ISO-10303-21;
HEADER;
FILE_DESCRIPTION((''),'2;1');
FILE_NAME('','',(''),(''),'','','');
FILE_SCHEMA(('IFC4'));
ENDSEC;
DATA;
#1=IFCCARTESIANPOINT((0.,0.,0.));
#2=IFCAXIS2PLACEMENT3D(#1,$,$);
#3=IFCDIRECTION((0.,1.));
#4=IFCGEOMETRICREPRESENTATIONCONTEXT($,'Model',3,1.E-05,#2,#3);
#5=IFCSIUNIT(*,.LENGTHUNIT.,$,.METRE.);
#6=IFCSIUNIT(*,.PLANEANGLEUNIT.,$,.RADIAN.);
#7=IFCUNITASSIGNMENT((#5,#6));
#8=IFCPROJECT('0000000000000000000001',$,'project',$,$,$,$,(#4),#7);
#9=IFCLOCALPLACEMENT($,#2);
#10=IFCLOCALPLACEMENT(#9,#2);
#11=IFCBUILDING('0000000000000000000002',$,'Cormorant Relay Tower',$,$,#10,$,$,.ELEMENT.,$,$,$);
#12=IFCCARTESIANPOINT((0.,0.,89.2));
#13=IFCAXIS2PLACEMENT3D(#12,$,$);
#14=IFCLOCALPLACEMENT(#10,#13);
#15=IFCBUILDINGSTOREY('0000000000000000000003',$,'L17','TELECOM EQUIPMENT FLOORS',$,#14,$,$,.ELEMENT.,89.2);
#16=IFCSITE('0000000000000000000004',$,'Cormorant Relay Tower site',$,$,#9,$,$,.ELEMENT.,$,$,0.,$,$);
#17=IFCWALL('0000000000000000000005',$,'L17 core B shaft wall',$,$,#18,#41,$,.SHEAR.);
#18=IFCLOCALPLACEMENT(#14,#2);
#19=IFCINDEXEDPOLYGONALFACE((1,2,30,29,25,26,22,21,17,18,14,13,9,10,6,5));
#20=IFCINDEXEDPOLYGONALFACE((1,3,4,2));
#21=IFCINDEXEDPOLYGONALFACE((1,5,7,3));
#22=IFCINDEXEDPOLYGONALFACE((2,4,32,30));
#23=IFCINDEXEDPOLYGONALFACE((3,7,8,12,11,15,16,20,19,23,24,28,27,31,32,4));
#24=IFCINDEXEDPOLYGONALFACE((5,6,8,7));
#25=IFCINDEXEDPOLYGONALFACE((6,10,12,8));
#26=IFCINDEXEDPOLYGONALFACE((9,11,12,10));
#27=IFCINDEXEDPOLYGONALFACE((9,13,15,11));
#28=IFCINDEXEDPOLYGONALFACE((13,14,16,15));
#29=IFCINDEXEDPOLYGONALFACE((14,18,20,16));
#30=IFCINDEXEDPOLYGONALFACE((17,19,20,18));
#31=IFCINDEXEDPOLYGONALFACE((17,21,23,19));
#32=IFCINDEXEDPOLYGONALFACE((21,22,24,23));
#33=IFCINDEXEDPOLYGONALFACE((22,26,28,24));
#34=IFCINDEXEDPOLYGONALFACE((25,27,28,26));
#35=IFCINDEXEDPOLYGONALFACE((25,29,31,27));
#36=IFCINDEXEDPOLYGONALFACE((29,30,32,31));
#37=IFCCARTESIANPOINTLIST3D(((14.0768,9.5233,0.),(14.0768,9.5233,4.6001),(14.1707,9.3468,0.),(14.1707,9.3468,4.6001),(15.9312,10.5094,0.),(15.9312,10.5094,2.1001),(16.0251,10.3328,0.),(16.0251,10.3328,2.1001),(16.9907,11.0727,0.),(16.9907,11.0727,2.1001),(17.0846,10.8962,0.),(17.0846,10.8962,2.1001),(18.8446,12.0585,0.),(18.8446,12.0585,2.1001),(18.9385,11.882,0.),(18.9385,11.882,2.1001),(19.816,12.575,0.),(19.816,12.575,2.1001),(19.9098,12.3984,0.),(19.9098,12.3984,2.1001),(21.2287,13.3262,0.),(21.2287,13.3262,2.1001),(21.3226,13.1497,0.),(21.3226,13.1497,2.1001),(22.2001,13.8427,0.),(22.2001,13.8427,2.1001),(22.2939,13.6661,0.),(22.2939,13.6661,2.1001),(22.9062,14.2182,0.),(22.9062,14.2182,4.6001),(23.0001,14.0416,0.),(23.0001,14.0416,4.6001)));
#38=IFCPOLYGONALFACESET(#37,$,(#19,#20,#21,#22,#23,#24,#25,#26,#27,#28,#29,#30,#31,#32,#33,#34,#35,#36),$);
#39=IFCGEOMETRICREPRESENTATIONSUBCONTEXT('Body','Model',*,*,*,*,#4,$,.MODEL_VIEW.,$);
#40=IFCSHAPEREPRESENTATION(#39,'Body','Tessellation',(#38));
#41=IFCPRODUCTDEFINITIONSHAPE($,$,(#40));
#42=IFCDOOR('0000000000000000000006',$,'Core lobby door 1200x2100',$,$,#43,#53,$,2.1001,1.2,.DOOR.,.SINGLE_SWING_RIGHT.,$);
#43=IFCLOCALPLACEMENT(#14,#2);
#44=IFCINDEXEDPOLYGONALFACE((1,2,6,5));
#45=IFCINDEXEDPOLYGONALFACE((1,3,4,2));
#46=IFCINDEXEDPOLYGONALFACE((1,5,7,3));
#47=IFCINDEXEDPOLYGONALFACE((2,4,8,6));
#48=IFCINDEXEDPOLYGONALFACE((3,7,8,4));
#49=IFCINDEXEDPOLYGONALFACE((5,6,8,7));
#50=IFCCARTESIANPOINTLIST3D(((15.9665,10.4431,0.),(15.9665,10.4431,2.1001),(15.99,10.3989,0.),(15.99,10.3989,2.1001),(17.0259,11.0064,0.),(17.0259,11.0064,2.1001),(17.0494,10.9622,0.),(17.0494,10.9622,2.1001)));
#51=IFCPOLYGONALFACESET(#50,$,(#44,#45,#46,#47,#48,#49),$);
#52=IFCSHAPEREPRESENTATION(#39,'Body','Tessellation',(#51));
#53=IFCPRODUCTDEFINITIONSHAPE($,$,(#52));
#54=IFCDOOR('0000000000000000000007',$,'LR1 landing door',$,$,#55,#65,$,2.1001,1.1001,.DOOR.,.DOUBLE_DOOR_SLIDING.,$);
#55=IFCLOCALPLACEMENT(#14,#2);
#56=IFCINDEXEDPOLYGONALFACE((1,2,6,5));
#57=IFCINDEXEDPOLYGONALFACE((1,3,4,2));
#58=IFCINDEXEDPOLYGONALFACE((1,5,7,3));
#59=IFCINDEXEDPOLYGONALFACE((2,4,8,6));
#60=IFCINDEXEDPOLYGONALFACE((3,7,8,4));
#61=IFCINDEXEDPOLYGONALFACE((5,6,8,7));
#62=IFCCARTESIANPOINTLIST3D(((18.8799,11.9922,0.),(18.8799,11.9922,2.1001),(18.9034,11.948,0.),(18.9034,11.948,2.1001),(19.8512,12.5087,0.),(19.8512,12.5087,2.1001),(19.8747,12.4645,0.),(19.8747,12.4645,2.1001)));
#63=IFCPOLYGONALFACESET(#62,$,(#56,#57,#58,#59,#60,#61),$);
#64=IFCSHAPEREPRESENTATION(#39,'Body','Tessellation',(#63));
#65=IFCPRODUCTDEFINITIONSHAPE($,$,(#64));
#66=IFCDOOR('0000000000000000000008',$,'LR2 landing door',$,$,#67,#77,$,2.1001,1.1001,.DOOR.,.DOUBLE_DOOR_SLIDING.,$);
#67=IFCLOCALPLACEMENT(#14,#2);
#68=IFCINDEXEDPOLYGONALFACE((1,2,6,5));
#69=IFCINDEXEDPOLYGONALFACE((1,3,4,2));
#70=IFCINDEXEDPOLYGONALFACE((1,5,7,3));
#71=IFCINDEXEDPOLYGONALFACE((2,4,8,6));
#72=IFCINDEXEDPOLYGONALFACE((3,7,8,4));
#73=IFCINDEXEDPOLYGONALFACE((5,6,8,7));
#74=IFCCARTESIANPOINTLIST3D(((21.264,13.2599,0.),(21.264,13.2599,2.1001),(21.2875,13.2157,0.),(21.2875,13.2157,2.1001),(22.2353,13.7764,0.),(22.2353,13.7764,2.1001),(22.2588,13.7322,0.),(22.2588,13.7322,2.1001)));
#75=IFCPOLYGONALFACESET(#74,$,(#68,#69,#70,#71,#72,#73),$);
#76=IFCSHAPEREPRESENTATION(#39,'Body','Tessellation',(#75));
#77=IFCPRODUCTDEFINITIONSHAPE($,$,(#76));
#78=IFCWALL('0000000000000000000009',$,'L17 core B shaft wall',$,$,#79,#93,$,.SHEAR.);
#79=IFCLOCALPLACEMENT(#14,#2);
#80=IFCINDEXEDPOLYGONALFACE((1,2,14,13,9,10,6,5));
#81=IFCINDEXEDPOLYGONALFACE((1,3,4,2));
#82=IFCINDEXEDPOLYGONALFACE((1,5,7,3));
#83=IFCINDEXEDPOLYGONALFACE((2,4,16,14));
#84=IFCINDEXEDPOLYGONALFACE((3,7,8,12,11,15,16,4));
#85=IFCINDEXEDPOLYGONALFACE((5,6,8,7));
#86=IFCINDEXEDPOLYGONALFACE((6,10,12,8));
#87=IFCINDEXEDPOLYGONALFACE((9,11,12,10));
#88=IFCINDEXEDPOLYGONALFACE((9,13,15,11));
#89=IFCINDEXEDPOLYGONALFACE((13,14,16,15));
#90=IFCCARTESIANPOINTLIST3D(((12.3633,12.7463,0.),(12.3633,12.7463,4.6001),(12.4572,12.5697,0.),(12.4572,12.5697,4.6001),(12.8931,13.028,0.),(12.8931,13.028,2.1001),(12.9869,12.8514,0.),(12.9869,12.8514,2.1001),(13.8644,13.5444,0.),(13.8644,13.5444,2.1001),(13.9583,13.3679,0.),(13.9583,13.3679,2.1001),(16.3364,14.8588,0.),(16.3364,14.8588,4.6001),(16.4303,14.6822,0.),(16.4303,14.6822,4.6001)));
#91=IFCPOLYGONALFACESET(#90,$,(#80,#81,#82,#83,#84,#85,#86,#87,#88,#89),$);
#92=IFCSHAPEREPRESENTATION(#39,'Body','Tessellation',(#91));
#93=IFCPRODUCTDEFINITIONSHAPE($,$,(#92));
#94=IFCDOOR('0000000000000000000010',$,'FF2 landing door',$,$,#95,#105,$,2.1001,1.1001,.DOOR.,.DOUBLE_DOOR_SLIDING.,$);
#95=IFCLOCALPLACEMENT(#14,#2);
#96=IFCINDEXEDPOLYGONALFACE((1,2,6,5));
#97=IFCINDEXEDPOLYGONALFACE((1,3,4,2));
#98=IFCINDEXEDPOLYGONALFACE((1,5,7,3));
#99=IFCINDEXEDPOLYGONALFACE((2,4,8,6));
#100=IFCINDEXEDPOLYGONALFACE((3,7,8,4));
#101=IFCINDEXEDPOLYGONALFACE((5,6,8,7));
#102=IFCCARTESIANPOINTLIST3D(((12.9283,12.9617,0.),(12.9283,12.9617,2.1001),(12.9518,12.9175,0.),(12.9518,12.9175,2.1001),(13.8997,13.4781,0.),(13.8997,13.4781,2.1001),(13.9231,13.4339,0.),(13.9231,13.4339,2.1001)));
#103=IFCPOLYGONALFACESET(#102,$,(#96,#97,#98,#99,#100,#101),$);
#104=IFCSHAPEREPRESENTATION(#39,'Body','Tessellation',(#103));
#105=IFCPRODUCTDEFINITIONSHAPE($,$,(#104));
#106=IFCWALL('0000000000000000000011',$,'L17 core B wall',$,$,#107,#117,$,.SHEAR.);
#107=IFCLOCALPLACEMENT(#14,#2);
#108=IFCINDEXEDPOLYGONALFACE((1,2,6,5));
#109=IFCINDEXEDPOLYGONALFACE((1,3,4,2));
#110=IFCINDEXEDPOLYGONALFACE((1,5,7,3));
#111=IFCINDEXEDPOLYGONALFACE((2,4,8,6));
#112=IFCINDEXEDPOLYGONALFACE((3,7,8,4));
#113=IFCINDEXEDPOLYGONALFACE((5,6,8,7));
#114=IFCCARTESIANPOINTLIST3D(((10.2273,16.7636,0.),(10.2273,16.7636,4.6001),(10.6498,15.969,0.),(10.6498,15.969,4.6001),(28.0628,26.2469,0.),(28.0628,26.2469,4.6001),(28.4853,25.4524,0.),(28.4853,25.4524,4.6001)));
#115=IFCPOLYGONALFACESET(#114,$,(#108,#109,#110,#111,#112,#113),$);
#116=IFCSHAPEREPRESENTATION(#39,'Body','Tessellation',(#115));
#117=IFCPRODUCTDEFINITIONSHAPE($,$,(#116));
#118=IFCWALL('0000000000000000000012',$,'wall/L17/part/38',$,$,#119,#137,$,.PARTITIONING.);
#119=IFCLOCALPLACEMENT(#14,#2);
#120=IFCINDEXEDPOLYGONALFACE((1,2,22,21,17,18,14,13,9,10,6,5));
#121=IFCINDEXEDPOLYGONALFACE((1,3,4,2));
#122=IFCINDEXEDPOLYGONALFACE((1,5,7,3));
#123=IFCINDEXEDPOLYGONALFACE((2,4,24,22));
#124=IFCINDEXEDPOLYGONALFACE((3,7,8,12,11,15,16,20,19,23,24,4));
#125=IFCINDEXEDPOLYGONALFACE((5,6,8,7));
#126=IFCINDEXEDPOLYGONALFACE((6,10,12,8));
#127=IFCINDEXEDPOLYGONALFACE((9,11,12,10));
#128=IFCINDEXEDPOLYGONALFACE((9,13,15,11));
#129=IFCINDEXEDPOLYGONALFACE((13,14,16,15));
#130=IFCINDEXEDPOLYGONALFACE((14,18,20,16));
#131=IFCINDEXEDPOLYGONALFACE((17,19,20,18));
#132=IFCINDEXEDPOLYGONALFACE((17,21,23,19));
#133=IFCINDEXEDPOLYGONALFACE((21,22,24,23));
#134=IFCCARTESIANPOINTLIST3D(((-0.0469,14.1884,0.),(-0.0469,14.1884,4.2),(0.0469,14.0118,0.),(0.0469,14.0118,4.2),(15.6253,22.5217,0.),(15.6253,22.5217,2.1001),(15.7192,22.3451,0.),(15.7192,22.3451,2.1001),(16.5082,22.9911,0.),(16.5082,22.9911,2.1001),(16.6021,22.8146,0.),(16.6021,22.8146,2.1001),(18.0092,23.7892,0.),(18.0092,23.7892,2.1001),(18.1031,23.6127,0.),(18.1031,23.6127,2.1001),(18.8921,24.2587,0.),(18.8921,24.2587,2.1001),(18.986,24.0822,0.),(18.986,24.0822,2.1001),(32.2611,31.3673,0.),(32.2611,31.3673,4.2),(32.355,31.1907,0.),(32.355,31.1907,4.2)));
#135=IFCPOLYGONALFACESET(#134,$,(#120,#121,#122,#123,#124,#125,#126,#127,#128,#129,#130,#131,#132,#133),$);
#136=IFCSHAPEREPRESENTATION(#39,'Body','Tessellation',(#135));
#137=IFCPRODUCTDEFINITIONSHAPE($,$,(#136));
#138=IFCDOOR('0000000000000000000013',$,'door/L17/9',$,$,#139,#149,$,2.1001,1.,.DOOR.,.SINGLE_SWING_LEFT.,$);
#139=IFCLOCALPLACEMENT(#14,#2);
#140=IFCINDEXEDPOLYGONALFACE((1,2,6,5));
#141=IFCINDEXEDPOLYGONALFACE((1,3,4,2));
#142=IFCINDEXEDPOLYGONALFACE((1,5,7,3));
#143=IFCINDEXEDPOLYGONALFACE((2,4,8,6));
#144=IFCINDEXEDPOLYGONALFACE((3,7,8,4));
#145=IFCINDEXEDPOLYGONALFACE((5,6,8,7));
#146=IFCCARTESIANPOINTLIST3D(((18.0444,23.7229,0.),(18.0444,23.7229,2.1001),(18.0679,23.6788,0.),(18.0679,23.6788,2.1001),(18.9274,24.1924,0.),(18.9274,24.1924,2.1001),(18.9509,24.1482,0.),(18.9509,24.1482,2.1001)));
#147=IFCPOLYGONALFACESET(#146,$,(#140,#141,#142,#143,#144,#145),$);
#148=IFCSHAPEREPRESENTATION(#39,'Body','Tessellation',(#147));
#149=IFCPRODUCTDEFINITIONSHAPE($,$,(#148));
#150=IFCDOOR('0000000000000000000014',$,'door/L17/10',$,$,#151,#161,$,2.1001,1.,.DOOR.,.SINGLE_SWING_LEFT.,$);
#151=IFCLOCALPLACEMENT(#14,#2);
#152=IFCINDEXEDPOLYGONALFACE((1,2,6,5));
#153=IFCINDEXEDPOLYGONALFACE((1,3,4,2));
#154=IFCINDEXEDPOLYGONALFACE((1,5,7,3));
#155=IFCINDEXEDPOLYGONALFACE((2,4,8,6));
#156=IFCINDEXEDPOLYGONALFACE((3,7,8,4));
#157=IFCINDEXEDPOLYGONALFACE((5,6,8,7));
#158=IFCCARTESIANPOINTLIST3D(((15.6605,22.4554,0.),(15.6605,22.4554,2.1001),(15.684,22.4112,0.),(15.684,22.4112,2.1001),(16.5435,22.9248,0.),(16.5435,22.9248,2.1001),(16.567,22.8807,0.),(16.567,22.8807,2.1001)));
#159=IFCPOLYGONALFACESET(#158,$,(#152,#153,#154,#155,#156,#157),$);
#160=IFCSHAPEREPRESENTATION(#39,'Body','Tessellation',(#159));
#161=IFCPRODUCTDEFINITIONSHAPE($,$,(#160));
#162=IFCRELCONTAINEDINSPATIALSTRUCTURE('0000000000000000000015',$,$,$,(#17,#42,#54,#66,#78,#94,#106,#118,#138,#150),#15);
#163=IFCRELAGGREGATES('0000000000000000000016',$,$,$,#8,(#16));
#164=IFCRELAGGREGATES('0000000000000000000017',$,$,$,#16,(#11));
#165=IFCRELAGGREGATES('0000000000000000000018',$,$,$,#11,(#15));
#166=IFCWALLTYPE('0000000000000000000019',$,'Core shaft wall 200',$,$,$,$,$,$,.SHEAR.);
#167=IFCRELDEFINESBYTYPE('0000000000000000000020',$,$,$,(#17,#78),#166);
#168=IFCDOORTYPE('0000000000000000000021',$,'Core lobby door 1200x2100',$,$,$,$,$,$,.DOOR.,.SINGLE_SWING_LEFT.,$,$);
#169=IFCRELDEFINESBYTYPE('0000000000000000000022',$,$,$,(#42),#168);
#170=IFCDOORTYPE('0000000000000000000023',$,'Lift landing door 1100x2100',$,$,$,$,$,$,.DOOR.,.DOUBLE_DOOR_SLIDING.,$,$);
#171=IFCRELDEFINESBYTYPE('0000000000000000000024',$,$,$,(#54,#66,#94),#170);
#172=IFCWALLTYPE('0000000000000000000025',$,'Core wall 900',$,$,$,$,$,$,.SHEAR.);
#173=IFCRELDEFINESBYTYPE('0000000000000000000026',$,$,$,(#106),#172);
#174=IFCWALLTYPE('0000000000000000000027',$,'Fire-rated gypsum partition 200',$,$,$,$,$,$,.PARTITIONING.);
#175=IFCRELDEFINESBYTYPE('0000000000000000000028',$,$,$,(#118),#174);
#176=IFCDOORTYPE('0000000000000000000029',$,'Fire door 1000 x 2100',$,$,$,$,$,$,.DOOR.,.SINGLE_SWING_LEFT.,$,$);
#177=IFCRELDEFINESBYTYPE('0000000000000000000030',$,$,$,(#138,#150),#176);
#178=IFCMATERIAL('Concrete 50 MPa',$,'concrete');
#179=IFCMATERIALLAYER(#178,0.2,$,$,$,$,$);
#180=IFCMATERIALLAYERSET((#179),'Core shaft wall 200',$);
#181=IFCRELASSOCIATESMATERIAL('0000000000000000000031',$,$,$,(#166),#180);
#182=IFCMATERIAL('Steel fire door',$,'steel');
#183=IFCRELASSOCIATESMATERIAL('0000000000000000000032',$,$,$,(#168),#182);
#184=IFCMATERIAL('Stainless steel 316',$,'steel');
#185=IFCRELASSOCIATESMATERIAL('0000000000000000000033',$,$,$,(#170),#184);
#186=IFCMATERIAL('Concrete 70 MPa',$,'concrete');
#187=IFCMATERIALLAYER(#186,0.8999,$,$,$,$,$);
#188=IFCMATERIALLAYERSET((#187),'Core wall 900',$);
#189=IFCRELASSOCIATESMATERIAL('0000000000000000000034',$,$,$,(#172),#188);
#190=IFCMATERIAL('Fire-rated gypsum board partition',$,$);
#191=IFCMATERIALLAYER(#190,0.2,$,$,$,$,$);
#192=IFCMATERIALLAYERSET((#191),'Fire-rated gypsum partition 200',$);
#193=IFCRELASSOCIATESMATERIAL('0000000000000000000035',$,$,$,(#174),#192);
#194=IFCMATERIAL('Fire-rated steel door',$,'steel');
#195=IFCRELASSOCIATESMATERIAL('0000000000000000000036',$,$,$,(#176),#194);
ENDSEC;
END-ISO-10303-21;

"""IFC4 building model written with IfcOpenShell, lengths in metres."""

from ifc_helpers import new_model, si_unit, direction, frame, frame_2d, origin, place, context, subcontext, project, spatial, rectangle, extrude, material, layer, layer_set, type_object, element, fill, save


model = new_model("IFC4")

# Units and contexts
model_context = context("Model", 3, precision=1e-05, world=origin(), true_north=direction((0.0, 1.0)))
body_context = subcontext(model_context, "Body", "Model", "MODEL_VIEW")
ifc_project = project(units=[si_unit("LENGTHUNIT", "METRE"), si_unit("PLANEANGLEUNIT", "RADIAN")], contexts=[model_context])

# Site, building, storey
site_placement = place(None, origin())
site = spatial("IfcSite", under=ifc_project, at=site_placement, Name="Cormorant Relay Tower site", CompositionType="ELEMENT", RefElevation=0.0)
building_placement = place(site_placement, origin())
building = spatial("IfcBuilding", under=site, at=building_placement, Name="Cormorant Relay Tower", CompositionType="ELEMENT")
storey_placement = place(building_placement, frame((0.0, 0.0, 89.2)))
storey = spatial("IfcBuildingStorey", under=building, at=storey_placement, Name="L17", Description="TELECOM EQUIPMENT FLOORS", CompositionType="ELEMENT", Elevation=89.2)

# Shared definitions
ifc_material_1 = material(Name="Concrete 50 MPa", Category="concrete")
ifc_layer_1 = layer(ifc_material_1, 0.2)
ifc_layer_set_1 = layer_set([ifc_layer_1], Name="Core shaft wall 200")
wall_type_1 = type_object("IfcWallType", Name="Core shaft wall 200", PredefinedType="SHEAR", material=ifc_layer_set_1)

# Wall, openings, doors
wall_1_placement = place(storey_placement, frame((14.1238, 9.4351, 0.0), z_axis=(0.0, 0.0, 1.0), x_axis=(0.88294, 0.469485, 0.0)))
wall_1 = element("IfcWall", 1, at=wall_1_placement, inside=storey, type_object=wall_type_1, Name="L17 core B shaft wall", PredefinedType="SHEAR", context=body_context, shape_type="SweptSolid", body=[
    extrude(rectangle(XDim=10.0, YDim=0.2, at=frame_2d((5.0, 0.0))), origin(), (0.0, 0.0, 1.0), 4.6001),
])
opening_1_placement = place(wall_1_placement, frame((2.1001, 0.0, 0.0)))
opening_1 = element("IfcOpeningElement", 2, at=opening_1_placement, cuts=wall_1, PredefinedType="OPENING", context=body_context, shape_type="SweptSolid", body=[
    extrude(rectangle(XDim=1.2, YDim=2.1001, at=frame_2d((0.6001, 1.05))), frame((0.0, 0.1099, 0.0), z_axis=(0.0, -1.0, 0.0), x_axis=(1.0, 0.0, 0.0)), (0.0, 0.0, 1.0), 0.22),
])
opening_2_placement = place(wall_1_placement, frame((5.3999, 0.0, 0.0)))
opening_2 = element("IfcOpeningElement", 3, at=opening_2_placement, cuts=wall_1, PredefinedType="OPENING", context=body_context, shape_type="SweptSolid", body=[
    extrude(rectangle(XDim=1.1001, YDim=2.1001, at=frame_2d((0.55, 1.05))), frame((0.0, 0.1099, 0.0), z_axis=(0.0, -1.0, 0.0), x_axis=(1.0, 0.0, 0.0)), (0.0, 0.0, 1.0), 0.22),
])
opening_3_placement = place(wall_1_placement, frame((8.1001, 0.0, 0.0)))
opening_3 = element("IfcOpeningElement", 4, at=opening_3_placement, cuts=wall_1, PredefinedType="OPENING", context=body_context, shape_type="SweptSolid", body=[
    extrude(rectangle(XDim=1.1001, YDim=2.1001, at=frame_2d((0.55, 1.05))), frame((0.0, 0.1099, 0.0), z_axis=(0.0, -1.0, 0.0), x_axis=(1.0, 0.0, 0.0)), (0.0, 0.0, 1.0), 0.22),
])
ifc_material_2 = material(Name="Steel fire door", Category="steel")
door_type_1 = type_object("IfcDoorType", Name="Core lobby door 1200x2100", OperationType="SINGLE_SWING_LEFT", PredefinedType="DOOR", material=ifc_material_2)
door_1_placement = place(opening_1_placement, origin())
door_1 = element("IfcDoor", 5, at=door_1_placement, inside=storey, type_object=door_type_1, Name="Core lobby door 1200x2100", OperationType="SINGLE_SWING_RIGHT", OverallHeight=2.1001, OverallWidth=1.2, PredefinedType="DOOR", context=body_context, shape_type="SweptSolid", body=[
    extrude(rectangle(XDim=1.2, YDim=2.1001, at=frame_2d((0.6001, 1.05))), frame((0.0, 0.0249, 0.0), z_axis=(0.0, -1.0, 0.0), x_axis=(1.0, 0.0, 0.0)), (0.0, 0.0, 1.0), 0.05),
])
fill(opening_1, door_1)
ifc_material_3 = material(Name="Stainless steel 316", Category="steel")
door_type_2 = type_object("IfcDoorType", Name="Lift landing door 1100x2100", OperationType="DOUBLE_DOOR_SLIDING", PredefinedType="DOOR", material=ifc_material_3)
door_2_placement = place(opening_2_placement, origin())
door_2 = element("IfcDoor", 6, at=door_2_placement, inside=storey, type_object=door_type_2, Name="LR1 landing door", OperationType="DOUBLE_DOOR_SLIDING", OverallHeight=2.1001, OverallWidth=1.1001, PredefinedType="DOOR", context=body_context, shape_type="SweptSolid", body=[
    extrude(rectangle(XDim=1.1001, YDim=2.1001, at=frame_2d((0.55, 1.05))), frame((0.0, 0.0249, 0.0), z_axis=(0.0, -1.0, 0.0), x_axis=(1.0, 0.0, 0.0)), (0.0, 0.0, 1.0), 0.05),
])
fill(opening_2, door_2)
door_3_placement = place(opening_3_placement, origin())
door_3 = element("IfcDoor", 7, at=door_3_placement, inside=storey, type_object=door_type_2, Name="LR2 landing door", OperationType="DOUBLE_DOOR_SLIDING", OverallHeight=2.1001, OverallWidth=1.1001, PredefinedType="DOOR", context=body_context, shape_type="SweptSolid", body=[
    extrude(rectangle(XDim=1.1001, YDim=2.1001, at=frame_2d((0.55, 1.05))), frame((0.0, 0.0249, 0.0), z_axis=(0.0, -1.0, 0.0), x_axis=(1.0, 0.0, 0.0)), (0.0, 0.0, 1.0), 0.05),
])
fill(opening_3, door_3)

# Wall, opening, door
wall_2_placement = place(storey_placement, frame((12.4102, 12.658, 0.0), z_axis=(0.0, 0.0, 1.0), x_axis=(0.882948, 0.46947, 0.0)))
wall_2 = element("IfcWall", 8, at=wall_2_placement, inside=storey, type_object=wall_type_1, Name="L17 core B shaft wall", PredefinedType="SHEAR", context=body_context, shape_type="SweptSolid", body=[
    extrude(rectangle(XDim=4.4998, YDim=0.2, at=frame_2d((2.25, 0.0))), origin(), (0.0, 0.0, 1.0), 4.6001),
])
opening_4_placement = place(wall_2_placement, frame((0.6001, 0.0, 0.0)))
opening_4 = element("IfcOpeningElement", 9, at=opening_4_placement, cuts=wall_2, PredefinedType="OPENING", context=body_context, shape_type="SweptSolid", body=[
    extrude(rectangle(XDim=1.1001, YDim=2.1001, at=frame_2d((0.55, 1.05))), frame((0.0, 0.1099, 0.0), z_axis=(0.0, -1.0, 0.0), x_axis=(1.0, 0.0, 0.0)), (0.0, 0.0, 1.0), 0.22),
])
door_4_placement = place(opening_4_placement, origin())
door_4 = element("IfcDoor", 10, at=door_4_placement, inside=storey, type_object=door_type_2, Name="FF2 landing door", OperationType="DOUBLE_DOOR_SLIDING", OverallHeight=2.1001, OverallWidth=1.1001, PredefinedType="DOOR", context=body_context, shape_type="SweptSolid", body=[
    extrude(rectangle(XDim=1.1001, YDim=2.1001, at=frame_2d((0.55, 1.05))), frame((0.0, 0.0249, 0.0), z_axis=(0.0, -1.0, 0.0), x_axis=(1.0, 0.0, 0.0)), (0.0, 0.0, 1.0), 0.05),
])
fill(opening_4, door_4)

# Wall
ifc_material_4 = material(Name="Concrete 70 MPa", Category="concrete")
ifc_layer_2 = layer(ifc_material_4, 0.8999)
ifc_layer_set_2 = layer_set([ifc_layer_2], Name="Core wall 900")
wall_type_2 = type_object("IfcWallType", Name="Core wall 900", PredefinedType="SHEAR", material=ifc_layer_set_2)
wall_3_placement = place(storey_placement, frame((10.4385, 16.3662, 0.0), z_axis=(0.0, 0.0, 1.0), x_axis=(0.882945, 0.469476, 0.0)))
element("IfcWall", 11, at=wall_3_placement, inside=storey, type_object=wall_type_2, Name="L17 core B wall", PredefinedType="SHEAR", context=body_context, shape_type="SweptSolid", body=[
    extrude(rectangle(XDim=20.2, YDim=0.8999, at=frame_2d((10.1001, 0.0))), origin(), (0.0, 0.0, 1.0), 4.6001),
])

# Wall, openings, doors
ifc_material_5 = material(Name="Fire-rated gypsum board partition")
ifc_layer_3 = layer(ifc_material_5, 0.2)
ifc_layer_set_3 = layer_set([ifc_layer_3], Name="Fire-rated gypsum partition 200")
wall_type_3 = type_object("IfcWallType", Name="Fire-rated gypsum partition 200", PredefinedType="PARTITIONING", material=ifc_layer_set_3)
wall_4_placement = place(storey_placement, frame((0.0, 14.1001, 0.0), z_axis=(0.0, 0.0, 1.0), x_axis=(0.882943, 0.469481, 0.0)))
wall_4 = element("IfcWall", 12, at=wall_4_placement, inside=storey, type_object=wall_type_3, Name="wall/L17/part/38", PredefinedType="PARTITIONING", context=body_context, shape_type="SweptSolid", body=[
    extrude(rectangle(XDim=36.5913, YDim=0.2, at=frame_2d((18.2957, 0.0))), origin(), (0.0, 0.0, 1.0), 4.2),
])
opening_5_placement = place(wall_4_placement, frame((20.45, 0.0, 0.0)))
opening_5 = element("IfcOpeningElement", 13, at=opening_5_placement, cuts=wall_4, PredefinedType="OPENING", context=body_context, shape_type="SweptSolid", body=[
    extrude(rectangle(XDim=1.0, YDim=2.1001, at=frame_2d((0.5, 1.05))), frame((0.0, 0.1099, 0.0), z_axis=(0.0, -1.0, 0.0), x_axis=(1.0, 0.0, 0.0)), (0.0, 0.0, 1.0), 0.22),
])
opening_6_placement = place(wall_4_placement, frame((17.75, 0.0, 0.0)))
opening_6 = element("IfcOpeningElement", 14, at=opening_6_placement, cuts=wall_4, PredefinedType="OPENING", context=body_context, shape_type="SweptSolid", body=[
    extrude(rectangle(XDim=1.0, YDim=2.1001, at=frame_2d((0.5, 1.05))), frame((0.0, 0.1099, 0.0), z_axis=(0.0, -1.0, 0.0), x_axis=(1.0, 0.0, 0.0)), (0.0, 0.0, 1.0), 0.22),
])
ifc_material_6 = material(Name="Fire-rated steel door", Category="steel")
door_type_3 = type_object("IfcDoorType", Name="Fire door 1000 x 2100", OperationType="SINGLE_SWING_LEFT", PredefinedType="DOOR", material=ifc_material_6)
door_5_placement = place(opening_5_placement, origin())
door_5 = element("IfcDoor", 15, at=door_5_placement, inside=storey, type_object=door_type_3, Name="door/L17/9", OperationType="SINGLE_SWING_LEFT", OverallHeight=2.1001, OverallWidth=1.0, PredefinedType="DOOR", context=body_context, shape_type="SweptSolid", body=[
    extrude(rectangle(XDim=1.0, YDim=2.1001, at=frame_2d((0.5, 1.05))), frame((0.0, 0.0249, 0.0), z_axis=(0.0, -1.0, 0.0), x_axis=(1.0, 0.0, 0.0)), (0.0, 0.0, 1.0), 0.05),
])
fill(opening_5, door_5)
door_6_placement = place(opening_6_placement, origin())
door_6 = element("IfcDoor", 16, at=door_6_placement, inside=storey, type_object=door_type_3, Name="door/L17/10", OperationType="SINGLE_SWING_LEFT", OverallHeight=2.1001, OverallWidth=1.0, PredefinedType="DOOR", context=body_context, shape_type="SweptSolid", body=[
    extrude(rectangle(XDim=1.0, YDim=2.1001, at=frame_2d((0.5, 1.05))), frame((0.0, 0.0249, 0.0), z_axis=(0.0, -1.0, 0.0), x_axis=(1.0, 0.0, 0.0)), (0.0, 0.0, 1.0), 0.05),
])
fill(opening_6, door_6)

save(model, "model.ifc")
